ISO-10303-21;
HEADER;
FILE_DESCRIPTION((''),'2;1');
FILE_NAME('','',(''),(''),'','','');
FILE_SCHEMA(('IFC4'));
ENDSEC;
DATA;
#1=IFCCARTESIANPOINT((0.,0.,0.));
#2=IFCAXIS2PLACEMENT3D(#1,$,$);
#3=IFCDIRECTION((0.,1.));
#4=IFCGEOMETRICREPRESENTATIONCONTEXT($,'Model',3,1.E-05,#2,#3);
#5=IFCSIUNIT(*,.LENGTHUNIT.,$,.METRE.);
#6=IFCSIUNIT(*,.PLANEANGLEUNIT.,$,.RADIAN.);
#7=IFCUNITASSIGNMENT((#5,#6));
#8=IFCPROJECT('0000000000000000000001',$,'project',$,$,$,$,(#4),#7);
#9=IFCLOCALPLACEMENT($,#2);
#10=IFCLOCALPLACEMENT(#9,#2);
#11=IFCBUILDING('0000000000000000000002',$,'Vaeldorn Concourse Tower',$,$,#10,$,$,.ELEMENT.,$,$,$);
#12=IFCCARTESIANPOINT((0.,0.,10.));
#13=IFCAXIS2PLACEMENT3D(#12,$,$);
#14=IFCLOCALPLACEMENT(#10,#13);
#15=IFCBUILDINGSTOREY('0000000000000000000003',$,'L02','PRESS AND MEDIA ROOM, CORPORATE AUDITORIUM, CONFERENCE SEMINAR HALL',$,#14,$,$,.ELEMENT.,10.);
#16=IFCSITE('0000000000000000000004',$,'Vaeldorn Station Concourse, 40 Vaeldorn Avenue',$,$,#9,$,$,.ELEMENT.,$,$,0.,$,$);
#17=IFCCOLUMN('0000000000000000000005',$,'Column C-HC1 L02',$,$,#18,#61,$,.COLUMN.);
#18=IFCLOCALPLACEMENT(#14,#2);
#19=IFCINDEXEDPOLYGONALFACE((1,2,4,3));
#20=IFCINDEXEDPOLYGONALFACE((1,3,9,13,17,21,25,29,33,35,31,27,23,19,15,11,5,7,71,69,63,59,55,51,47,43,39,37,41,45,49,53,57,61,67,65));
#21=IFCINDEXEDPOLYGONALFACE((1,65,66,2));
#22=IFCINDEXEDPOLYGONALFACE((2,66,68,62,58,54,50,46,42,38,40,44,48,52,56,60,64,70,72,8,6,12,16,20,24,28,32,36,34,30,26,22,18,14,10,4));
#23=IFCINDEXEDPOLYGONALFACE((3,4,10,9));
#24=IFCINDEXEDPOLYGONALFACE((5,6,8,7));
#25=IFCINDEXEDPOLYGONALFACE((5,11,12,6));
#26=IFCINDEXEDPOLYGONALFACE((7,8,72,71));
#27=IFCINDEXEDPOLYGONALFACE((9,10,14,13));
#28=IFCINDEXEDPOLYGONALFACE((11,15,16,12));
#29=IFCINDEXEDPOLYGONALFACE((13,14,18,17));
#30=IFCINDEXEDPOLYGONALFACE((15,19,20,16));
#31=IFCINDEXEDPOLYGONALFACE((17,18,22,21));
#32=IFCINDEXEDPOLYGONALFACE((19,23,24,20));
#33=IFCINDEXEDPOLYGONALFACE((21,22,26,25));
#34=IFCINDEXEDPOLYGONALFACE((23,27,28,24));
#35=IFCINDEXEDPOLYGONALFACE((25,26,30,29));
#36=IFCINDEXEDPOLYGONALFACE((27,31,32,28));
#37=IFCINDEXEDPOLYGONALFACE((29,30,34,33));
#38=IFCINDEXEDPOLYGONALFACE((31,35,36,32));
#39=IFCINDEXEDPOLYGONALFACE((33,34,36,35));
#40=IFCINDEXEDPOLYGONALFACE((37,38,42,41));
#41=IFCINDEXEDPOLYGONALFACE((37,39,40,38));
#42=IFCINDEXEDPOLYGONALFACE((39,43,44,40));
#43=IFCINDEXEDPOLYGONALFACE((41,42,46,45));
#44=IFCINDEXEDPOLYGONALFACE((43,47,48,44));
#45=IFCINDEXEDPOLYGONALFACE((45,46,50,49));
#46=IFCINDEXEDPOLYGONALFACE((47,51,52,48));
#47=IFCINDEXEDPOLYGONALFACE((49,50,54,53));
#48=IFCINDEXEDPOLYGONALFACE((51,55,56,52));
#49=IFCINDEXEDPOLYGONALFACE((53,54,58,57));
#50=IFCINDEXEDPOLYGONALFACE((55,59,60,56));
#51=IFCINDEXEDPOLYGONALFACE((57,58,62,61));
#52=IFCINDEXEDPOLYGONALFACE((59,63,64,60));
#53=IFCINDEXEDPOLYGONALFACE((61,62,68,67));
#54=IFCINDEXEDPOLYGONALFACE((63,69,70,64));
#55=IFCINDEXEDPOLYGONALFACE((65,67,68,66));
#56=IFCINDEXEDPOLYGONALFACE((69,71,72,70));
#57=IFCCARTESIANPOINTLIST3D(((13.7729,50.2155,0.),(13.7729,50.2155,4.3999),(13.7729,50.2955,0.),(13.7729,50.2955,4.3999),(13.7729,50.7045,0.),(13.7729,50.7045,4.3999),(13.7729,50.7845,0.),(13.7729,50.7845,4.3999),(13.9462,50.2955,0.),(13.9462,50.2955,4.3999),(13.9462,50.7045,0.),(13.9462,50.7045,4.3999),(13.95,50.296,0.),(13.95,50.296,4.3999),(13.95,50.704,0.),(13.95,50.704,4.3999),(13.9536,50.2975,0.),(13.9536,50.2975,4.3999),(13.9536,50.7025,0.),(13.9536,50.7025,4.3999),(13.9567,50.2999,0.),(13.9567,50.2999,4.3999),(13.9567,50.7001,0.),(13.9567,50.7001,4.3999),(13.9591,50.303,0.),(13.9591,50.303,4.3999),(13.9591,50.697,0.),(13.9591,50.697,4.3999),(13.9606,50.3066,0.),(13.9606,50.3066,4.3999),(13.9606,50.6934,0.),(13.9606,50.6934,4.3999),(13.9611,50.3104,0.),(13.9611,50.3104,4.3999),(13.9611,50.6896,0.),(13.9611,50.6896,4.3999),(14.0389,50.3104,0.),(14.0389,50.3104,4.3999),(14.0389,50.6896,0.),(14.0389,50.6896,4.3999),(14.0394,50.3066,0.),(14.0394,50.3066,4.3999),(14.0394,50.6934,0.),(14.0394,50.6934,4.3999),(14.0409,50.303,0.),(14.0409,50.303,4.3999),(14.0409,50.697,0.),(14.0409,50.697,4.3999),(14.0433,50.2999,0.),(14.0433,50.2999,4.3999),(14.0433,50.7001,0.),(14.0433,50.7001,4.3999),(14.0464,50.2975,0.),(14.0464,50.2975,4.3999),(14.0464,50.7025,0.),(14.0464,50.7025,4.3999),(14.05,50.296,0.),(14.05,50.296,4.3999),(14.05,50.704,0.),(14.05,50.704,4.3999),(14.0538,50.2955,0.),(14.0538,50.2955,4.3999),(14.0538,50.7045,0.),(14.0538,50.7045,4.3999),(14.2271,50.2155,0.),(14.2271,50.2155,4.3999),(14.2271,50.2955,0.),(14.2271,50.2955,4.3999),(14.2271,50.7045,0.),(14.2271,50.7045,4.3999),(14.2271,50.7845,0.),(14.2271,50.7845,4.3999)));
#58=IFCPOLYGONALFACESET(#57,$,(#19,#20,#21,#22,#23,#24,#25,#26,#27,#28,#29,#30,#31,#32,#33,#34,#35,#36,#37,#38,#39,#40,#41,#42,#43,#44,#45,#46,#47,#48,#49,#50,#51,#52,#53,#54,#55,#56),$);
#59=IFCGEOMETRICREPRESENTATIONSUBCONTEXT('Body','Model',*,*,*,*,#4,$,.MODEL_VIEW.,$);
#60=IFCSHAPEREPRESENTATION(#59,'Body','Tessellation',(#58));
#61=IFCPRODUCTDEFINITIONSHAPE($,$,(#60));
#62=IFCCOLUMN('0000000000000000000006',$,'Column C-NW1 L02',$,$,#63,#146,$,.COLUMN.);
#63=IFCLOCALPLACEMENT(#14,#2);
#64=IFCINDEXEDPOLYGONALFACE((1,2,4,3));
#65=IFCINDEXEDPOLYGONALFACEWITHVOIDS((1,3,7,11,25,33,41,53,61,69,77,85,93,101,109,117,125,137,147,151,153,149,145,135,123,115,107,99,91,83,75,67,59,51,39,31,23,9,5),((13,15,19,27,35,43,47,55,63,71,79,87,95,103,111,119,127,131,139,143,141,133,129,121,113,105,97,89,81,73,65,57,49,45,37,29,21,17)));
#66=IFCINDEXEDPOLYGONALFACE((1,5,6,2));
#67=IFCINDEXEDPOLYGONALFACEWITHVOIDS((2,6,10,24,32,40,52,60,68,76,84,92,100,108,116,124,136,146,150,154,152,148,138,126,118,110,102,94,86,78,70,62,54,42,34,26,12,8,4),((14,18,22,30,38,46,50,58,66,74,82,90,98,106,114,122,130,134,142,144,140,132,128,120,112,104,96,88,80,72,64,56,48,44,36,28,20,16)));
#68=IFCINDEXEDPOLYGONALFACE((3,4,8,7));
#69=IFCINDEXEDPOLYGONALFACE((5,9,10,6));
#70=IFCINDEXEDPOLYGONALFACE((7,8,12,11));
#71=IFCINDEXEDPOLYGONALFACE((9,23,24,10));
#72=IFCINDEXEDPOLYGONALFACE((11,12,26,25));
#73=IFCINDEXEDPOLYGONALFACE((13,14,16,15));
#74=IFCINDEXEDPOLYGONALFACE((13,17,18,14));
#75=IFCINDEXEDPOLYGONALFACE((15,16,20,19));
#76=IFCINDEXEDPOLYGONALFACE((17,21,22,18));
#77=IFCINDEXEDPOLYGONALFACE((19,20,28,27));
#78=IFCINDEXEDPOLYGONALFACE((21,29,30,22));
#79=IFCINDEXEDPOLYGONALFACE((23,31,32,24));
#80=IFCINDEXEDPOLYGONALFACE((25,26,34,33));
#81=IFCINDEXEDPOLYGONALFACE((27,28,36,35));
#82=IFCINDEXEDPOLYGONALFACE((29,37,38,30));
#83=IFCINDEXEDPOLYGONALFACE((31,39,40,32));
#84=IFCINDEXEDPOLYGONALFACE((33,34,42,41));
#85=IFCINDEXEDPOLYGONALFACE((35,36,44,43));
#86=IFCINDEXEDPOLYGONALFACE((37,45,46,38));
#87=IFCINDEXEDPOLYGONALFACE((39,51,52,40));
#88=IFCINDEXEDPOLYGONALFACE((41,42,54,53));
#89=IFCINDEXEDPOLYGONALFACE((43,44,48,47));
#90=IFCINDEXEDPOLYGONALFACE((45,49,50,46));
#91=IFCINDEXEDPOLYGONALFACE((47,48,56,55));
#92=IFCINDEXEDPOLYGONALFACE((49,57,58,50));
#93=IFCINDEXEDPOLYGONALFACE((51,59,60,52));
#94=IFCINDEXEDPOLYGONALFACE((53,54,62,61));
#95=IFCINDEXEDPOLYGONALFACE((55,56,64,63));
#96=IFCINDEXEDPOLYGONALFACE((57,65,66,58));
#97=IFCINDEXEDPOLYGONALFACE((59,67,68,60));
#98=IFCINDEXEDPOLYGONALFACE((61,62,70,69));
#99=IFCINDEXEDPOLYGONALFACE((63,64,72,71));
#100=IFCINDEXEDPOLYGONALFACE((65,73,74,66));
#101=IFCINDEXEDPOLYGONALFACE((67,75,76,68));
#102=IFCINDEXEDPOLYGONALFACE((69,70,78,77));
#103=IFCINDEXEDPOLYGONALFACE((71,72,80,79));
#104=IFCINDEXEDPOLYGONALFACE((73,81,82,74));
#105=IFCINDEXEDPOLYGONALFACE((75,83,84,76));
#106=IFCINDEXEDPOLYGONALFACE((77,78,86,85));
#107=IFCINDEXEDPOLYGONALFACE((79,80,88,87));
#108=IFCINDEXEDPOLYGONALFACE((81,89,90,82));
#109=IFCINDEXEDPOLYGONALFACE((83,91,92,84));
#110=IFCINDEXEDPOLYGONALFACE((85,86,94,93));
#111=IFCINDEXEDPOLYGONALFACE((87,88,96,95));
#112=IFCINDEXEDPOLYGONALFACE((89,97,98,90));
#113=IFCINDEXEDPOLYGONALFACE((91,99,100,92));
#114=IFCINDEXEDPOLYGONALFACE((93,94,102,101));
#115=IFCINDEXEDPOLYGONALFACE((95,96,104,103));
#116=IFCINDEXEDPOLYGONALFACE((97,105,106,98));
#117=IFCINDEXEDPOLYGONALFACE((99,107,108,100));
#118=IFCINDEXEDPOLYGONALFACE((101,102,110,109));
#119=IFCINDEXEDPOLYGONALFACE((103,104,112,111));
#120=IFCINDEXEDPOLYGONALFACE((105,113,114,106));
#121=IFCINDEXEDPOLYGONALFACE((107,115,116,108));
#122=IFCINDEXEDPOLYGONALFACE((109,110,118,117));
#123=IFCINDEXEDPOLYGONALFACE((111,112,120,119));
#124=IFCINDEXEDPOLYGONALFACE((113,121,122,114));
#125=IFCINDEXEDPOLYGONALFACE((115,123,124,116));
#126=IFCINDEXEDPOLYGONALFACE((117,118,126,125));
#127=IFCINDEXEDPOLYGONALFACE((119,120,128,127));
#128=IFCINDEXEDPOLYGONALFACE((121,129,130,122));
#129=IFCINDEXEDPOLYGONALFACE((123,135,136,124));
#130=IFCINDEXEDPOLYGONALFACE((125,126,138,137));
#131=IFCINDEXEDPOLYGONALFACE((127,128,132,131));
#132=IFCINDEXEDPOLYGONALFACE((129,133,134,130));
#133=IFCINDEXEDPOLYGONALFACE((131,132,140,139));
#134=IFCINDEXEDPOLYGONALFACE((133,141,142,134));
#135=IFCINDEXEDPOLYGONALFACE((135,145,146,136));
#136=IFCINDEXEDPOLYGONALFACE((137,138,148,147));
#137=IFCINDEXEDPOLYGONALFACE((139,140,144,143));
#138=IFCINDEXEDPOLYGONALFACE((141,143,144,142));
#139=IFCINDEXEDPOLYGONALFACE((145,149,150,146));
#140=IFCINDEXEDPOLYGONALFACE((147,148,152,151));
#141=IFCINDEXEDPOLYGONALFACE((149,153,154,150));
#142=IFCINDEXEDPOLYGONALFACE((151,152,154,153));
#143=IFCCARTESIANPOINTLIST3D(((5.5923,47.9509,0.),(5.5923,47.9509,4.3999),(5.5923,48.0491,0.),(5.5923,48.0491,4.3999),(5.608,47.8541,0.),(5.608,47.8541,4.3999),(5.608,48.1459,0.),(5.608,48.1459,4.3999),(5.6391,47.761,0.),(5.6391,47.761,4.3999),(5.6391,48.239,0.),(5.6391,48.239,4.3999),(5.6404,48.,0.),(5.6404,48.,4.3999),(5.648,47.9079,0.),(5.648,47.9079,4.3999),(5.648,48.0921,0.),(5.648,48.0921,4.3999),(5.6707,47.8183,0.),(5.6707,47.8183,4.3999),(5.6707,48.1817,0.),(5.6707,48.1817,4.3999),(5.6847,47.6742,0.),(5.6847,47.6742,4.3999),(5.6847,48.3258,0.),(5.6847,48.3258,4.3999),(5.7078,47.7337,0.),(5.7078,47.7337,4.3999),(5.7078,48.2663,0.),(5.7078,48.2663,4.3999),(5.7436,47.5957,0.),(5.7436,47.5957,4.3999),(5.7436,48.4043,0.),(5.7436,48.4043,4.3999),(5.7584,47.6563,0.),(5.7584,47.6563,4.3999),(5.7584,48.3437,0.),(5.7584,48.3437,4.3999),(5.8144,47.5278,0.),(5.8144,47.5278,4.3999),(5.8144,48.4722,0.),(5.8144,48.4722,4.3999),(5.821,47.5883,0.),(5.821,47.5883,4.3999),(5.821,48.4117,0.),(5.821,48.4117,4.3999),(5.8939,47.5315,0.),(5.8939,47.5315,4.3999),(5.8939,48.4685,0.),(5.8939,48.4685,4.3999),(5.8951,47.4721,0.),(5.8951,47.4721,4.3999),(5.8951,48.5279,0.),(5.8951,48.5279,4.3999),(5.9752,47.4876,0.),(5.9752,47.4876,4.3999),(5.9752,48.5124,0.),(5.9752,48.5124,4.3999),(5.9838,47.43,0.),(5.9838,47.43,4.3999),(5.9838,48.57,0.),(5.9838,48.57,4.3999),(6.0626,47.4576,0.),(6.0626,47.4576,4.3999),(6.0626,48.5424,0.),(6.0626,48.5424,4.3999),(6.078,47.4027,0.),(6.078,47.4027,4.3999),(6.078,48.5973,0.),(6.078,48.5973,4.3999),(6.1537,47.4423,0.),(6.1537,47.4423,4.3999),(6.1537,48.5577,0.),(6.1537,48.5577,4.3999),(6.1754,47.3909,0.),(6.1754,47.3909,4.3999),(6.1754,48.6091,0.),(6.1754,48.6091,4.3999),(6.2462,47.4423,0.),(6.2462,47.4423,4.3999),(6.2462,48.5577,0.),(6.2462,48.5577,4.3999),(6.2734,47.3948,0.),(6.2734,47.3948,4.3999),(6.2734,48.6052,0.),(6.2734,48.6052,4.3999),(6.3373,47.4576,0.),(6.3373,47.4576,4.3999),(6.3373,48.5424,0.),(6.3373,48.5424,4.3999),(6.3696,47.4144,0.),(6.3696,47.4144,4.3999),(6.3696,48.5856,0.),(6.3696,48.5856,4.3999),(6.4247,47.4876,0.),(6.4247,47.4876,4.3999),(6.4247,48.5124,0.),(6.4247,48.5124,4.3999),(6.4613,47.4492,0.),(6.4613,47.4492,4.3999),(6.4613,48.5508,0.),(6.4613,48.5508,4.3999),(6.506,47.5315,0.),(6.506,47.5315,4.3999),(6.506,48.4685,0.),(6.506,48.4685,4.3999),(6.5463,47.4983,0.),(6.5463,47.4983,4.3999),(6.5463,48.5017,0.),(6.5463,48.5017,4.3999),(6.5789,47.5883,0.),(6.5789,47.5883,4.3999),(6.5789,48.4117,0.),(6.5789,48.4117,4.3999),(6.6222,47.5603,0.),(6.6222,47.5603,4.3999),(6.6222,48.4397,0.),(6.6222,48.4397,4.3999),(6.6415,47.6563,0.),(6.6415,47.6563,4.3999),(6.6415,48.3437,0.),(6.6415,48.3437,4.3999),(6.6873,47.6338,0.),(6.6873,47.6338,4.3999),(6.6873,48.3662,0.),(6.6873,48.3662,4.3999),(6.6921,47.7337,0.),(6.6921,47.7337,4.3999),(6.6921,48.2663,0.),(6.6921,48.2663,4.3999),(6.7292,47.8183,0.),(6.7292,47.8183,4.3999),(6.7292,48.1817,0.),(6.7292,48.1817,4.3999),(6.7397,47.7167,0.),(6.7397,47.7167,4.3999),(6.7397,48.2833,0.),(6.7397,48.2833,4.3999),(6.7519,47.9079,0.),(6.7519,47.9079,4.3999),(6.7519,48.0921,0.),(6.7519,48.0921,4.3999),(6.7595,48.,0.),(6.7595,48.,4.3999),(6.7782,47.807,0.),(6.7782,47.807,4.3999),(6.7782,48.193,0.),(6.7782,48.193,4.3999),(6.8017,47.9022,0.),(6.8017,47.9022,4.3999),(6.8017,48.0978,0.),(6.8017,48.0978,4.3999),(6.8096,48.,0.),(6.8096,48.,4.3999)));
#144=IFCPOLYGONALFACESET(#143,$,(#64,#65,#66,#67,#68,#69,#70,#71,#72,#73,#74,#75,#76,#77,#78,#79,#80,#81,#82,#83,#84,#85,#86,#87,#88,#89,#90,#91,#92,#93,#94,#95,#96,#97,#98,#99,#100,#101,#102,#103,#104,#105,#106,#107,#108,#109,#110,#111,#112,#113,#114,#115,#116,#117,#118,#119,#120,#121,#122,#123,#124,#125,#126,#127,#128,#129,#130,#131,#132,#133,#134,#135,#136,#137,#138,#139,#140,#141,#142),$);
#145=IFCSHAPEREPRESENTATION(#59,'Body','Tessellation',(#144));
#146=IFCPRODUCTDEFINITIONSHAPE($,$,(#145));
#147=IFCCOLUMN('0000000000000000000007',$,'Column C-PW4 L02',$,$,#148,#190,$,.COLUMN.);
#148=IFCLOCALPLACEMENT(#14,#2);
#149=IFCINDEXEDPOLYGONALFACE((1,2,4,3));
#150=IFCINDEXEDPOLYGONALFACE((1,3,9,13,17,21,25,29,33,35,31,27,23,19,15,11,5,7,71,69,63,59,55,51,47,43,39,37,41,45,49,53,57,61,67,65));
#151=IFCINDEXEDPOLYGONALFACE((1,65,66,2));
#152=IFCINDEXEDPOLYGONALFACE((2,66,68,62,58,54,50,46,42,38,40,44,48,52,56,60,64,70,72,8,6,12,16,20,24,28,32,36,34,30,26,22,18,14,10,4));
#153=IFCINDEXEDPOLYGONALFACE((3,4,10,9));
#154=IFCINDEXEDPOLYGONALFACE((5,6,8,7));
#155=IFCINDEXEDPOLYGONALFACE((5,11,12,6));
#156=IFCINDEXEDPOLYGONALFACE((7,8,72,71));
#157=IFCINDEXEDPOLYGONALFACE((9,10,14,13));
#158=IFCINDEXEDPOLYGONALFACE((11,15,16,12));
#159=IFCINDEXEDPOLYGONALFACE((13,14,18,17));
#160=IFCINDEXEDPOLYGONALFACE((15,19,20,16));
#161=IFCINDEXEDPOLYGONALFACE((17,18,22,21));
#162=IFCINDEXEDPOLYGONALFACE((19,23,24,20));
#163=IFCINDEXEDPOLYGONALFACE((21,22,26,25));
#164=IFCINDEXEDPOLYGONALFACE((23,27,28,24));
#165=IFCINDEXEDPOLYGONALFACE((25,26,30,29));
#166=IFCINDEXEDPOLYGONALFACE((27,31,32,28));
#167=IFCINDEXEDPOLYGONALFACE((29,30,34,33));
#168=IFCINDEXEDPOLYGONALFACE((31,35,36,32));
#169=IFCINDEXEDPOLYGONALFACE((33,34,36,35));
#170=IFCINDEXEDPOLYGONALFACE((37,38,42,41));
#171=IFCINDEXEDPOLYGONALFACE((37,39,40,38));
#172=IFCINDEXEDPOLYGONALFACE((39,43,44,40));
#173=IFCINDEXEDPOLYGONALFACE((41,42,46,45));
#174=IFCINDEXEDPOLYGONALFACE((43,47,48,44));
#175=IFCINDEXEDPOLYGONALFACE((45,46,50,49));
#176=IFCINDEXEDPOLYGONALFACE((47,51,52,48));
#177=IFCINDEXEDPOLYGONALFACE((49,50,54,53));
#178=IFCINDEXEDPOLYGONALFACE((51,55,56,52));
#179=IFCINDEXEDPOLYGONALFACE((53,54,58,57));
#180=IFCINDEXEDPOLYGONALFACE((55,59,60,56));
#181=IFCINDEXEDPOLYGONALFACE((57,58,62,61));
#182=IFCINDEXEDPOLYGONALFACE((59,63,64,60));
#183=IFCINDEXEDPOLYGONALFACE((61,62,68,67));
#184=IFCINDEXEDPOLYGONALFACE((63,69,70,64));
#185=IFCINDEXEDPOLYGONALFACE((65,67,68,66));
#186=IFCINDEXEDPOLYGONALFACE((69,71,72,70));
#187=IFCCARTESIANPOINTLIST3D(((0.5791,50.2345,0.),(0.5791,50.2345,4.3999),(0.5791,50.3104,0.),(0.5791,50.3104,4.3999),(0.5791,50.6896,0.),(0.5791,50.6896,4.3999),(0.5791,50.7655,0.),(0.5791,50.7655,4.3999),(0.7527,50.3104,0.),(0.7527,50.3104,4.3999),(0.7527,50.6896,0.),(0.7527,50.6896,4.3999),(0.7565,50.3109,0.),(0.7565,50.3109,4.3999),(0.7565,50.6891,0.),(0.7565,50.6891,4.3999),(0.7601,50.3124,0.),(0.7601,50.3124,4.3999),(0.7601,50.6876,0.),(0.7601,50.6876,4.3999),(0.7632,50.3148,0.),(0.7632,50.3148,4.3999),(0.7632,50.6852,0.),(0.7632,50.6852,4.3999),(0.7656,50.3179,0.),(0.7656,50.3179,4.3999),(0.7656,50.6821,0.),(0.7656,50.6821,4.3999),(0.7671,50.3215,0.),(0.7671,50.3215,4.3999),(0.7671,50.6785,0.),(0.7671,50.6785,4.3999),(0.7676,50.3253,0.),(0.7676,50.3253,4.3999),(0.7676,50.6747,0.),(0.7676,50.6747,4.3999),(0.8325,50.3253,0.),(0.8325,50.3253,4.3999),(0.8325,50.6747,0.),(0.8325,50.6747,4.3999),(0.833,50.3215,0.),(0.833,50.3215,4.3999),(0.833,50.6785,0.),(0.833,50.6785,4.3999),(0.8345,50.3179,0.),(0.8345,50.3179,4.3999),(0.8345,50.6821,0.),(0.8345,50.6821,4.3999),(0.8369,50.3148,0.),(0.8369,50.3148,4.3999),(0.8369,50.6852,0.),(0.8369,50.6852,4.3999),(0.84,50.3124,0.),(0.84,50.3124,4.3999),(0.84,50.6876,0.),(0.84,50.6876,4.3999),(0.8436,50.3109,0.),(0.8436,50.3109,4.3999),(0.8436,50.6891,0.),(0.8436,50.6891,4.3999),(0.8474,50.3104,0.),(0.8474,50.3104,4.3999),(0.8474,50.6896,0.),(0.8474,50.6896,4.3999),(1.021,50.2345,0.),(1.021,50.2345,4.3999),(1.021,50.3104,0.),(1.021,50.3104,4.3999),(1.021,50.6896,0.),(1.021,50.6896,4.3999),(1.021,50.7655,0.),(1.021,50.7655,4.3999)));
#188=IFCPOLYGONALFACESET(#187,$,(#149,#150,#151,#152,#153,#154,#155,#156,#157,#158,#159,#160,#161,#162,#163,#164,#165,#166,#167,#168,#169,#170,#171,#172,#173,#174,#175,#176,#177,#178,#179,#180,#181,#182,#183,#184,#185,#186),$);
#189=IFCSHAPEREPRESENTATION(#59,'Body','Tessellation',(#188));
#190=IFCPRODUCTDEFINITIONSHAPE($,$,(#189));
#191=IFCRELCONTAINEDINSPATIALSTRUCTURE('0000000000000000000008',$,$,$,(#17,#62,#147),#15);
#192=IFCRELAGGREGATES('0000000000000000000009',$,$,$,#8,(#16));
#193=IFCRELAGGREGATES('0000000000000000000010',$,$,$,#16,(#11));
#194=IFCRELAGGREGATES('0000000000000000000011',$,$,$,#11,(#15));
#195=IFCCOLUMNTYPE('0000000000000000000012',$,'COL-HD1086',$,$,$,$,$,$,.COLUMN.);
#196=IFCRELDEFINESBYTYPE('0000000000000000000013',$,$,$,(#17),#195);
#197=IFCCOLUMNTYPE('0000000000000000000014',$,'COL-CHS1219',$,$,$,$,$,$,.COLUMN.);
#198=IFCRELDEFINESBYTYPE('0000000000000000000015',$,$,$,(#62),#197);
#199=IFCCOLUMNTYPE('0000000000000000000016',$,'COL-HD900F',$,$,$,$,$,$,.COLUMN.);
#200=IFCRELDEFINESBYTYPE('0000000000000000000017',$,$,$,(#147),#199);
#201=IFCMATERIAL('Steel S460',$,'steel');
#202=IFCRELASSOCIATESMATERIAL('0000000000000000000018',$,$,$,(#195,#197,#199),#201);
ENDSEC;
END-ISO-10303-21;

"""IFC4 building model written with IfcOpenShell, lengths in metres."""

from ifc_helpers import new_model, si_unit, direction, frame, origin, origin_2d, place, context, subcontext, project, spatial, hollow_circle, i_section, extrude, source, transform, mapped, material, material_profile, profile_set, type_object, element, save


model = new_model("IFC4")

# Units and contexts
model_context = context("Model", 3, precision=1e-05, world=origin(), true_north=direction((0.0, 1.0)))
body_context = subcontext(model_context, "Body", "Model", "MODEL_VIEW")
ifc_project = project(units=[si_unit("LENGTHUNIT", "METRE"), si_unit("PLANEANGLEUNIT", "RADIAN")], contexts=[model_context])

# Site, building, storey
site_placement = place(None, origin())
site = spatial("IfcSite", under=ifc_project, at=site_placement, Name="Vaeldorn Station Concourse, 40 Vaeldorn Avenue", CompositionType="ELEMENT", RefElevation=0.0)
building_placement = place(site_placement, origin())
building = spatial("IfcBuilding", under=site, at=building_placement, Name="Vaeldorn Concourse Tower", CompositionType="ELEMENT")
storey_placement = place(building_placement, frame((0.0, 0.0, 10.0)))
storey = spatial("IfcBuildingStorey", under=building, at=storey_placement, Name="L02", Description="PRESS AND MEDIA ROOM, CORPORATE AUDITORIUM, CONFERENCE SEMINAR HALL", CompositionType="ELEMENT", Elevation=10.0)

# Columns
ifc_material_1 = material(Name="Steel S460", Category="steel")
ifc_material_profile_1 = material_profile(ifc_material_1, i_section(OverallWidth=0.4541, OverallDepth=0.5691, WebThickness=0.0779, FlangeThickness=0.0801, FilletRadius=0.0149, at=origin_2d()), Name="HD 400x1086")
ifc_profile_set_1 = profile_set([ifc_material_profile_1], Name="Steel S460")
column_type_1 = type_object("IfcColumnType", Name="COL-HD1086", PredefinedType="COLUMN", material=ifc_profile_set_1)
shared_shape_1 = source(origin(), body_context, "Body", "SweptSolid", [
    extrude(i_section(OverallWidth=0.4541, OverallDepth=0.5691, WebThickness=0.0779, FlangeThickness=0.0801, FilletRadius=0.0149, at=origin_2d()), origin(), (0.0, 0.0, 1.0), 4.3999),
])
column_1_placement = place(storey_placement, frame((14.0, 50.5, 0.0), z_axis=(0.0, 0.0, 1.0), x_axis=(1.0, 0.0, 0.0)))
element("IfcColumn", 1, at=column_1_placement, inside=storey, type_object=column_type_1, Name="Column C-HC1 L02", PredefinedType="COLUMN", context=body_context, shape_type="MappedRepresentation", body=[
    mapped(shared_shape_1, transform((0.0, 0.0, 0.0), scale=1.0)),
])
ifc_material_profile_2 = material_profile(ifc_material_1, hollow_circle(Radius=0.6096, WallThickness=0.05, at=origin_2d()), Name="CHS 1219x50")
ifc_profile_set_2 = profile_set([ifc_material_profile_2], Name="Steel S460")
column_type_2 = type_object("IfcColumnType", Name="COL-CHS1219", PredefinedType="COLUMN", material=ifc_profile_set_2)
shared_shape_2 = source(origin(), body_context, "Body", "SweptSolid", [
    extrude(hollow_circle(Radius=0.6096, WallThickness=0.05, at=origin_2d()), origin(), (0.0, 0.0, 1.0), 4.3999),
])
column_2_placement = place(storey_placement, frame((6.2, 48.0, 0.0), z_axis=(0.0, 0.0, 1.0), x_axis=(1.0, 0.0, 0.0)))
element("IfcColumn", 2, at=column_2_placement, inside=storey, type_object=column_type_2, Name="Column C-NW1 L02", PredefinedType="COLUMN", context=body_context, shape_type="MappedRepresentation", body=[
    mapped(shared_shape_2, transform((0.0, 0.0, 0.0), scale=1.0)),
])
ifc_material_profile_3 = material_profile(ifc_material_1, i_section(OverallWidth=0.4419, OverallDepth=0.531, WebThickness=0.0649, FlangeThickness=0.0759, FilletRadius=0.0149, at=origin_2d()), Name="HD 400x900")
ifc_profile_set_3 = profile_set([ifc_material_profile_3], Name="Steel S460")
column_type_3 = type_object("IfcColumnType", Name="COL-HD900F", PredefinedType="COLUMN", material=ifc_profile_set_3)
shared_shape_3 = source(origin(), body_context, "Body", "SweptSolid", [
    extrude(i_section(OverallWidth=0.4419, OverallDepth=0.531, WebThickness=0.0649, FlangeThickness=0.0759, FilletRadius=0.0149, at=origin_2d()), origin(), (0.0, 0.0, 1.0), 4.3999),
])
column_3_placement = place(storey_placement, frame((0.8, 50.5, 0.0), z_axis=(0.0, 0.0, 1.0), x_axis=(1.0, 0.0, 0.0)))
element("IfcColumn", 3, at=column_3_placement, inside=storey, type_object=column_type_3, Name="Column C-PW4 L02", PredefinedType="COLUMN", context=body_context, shape_type="MappedRepresentation", body=[
    mapped(shared_shape_3, transform((0.0, 0.0, 0.0), scale=1.0)),
])

save(model, "model.ifc")
